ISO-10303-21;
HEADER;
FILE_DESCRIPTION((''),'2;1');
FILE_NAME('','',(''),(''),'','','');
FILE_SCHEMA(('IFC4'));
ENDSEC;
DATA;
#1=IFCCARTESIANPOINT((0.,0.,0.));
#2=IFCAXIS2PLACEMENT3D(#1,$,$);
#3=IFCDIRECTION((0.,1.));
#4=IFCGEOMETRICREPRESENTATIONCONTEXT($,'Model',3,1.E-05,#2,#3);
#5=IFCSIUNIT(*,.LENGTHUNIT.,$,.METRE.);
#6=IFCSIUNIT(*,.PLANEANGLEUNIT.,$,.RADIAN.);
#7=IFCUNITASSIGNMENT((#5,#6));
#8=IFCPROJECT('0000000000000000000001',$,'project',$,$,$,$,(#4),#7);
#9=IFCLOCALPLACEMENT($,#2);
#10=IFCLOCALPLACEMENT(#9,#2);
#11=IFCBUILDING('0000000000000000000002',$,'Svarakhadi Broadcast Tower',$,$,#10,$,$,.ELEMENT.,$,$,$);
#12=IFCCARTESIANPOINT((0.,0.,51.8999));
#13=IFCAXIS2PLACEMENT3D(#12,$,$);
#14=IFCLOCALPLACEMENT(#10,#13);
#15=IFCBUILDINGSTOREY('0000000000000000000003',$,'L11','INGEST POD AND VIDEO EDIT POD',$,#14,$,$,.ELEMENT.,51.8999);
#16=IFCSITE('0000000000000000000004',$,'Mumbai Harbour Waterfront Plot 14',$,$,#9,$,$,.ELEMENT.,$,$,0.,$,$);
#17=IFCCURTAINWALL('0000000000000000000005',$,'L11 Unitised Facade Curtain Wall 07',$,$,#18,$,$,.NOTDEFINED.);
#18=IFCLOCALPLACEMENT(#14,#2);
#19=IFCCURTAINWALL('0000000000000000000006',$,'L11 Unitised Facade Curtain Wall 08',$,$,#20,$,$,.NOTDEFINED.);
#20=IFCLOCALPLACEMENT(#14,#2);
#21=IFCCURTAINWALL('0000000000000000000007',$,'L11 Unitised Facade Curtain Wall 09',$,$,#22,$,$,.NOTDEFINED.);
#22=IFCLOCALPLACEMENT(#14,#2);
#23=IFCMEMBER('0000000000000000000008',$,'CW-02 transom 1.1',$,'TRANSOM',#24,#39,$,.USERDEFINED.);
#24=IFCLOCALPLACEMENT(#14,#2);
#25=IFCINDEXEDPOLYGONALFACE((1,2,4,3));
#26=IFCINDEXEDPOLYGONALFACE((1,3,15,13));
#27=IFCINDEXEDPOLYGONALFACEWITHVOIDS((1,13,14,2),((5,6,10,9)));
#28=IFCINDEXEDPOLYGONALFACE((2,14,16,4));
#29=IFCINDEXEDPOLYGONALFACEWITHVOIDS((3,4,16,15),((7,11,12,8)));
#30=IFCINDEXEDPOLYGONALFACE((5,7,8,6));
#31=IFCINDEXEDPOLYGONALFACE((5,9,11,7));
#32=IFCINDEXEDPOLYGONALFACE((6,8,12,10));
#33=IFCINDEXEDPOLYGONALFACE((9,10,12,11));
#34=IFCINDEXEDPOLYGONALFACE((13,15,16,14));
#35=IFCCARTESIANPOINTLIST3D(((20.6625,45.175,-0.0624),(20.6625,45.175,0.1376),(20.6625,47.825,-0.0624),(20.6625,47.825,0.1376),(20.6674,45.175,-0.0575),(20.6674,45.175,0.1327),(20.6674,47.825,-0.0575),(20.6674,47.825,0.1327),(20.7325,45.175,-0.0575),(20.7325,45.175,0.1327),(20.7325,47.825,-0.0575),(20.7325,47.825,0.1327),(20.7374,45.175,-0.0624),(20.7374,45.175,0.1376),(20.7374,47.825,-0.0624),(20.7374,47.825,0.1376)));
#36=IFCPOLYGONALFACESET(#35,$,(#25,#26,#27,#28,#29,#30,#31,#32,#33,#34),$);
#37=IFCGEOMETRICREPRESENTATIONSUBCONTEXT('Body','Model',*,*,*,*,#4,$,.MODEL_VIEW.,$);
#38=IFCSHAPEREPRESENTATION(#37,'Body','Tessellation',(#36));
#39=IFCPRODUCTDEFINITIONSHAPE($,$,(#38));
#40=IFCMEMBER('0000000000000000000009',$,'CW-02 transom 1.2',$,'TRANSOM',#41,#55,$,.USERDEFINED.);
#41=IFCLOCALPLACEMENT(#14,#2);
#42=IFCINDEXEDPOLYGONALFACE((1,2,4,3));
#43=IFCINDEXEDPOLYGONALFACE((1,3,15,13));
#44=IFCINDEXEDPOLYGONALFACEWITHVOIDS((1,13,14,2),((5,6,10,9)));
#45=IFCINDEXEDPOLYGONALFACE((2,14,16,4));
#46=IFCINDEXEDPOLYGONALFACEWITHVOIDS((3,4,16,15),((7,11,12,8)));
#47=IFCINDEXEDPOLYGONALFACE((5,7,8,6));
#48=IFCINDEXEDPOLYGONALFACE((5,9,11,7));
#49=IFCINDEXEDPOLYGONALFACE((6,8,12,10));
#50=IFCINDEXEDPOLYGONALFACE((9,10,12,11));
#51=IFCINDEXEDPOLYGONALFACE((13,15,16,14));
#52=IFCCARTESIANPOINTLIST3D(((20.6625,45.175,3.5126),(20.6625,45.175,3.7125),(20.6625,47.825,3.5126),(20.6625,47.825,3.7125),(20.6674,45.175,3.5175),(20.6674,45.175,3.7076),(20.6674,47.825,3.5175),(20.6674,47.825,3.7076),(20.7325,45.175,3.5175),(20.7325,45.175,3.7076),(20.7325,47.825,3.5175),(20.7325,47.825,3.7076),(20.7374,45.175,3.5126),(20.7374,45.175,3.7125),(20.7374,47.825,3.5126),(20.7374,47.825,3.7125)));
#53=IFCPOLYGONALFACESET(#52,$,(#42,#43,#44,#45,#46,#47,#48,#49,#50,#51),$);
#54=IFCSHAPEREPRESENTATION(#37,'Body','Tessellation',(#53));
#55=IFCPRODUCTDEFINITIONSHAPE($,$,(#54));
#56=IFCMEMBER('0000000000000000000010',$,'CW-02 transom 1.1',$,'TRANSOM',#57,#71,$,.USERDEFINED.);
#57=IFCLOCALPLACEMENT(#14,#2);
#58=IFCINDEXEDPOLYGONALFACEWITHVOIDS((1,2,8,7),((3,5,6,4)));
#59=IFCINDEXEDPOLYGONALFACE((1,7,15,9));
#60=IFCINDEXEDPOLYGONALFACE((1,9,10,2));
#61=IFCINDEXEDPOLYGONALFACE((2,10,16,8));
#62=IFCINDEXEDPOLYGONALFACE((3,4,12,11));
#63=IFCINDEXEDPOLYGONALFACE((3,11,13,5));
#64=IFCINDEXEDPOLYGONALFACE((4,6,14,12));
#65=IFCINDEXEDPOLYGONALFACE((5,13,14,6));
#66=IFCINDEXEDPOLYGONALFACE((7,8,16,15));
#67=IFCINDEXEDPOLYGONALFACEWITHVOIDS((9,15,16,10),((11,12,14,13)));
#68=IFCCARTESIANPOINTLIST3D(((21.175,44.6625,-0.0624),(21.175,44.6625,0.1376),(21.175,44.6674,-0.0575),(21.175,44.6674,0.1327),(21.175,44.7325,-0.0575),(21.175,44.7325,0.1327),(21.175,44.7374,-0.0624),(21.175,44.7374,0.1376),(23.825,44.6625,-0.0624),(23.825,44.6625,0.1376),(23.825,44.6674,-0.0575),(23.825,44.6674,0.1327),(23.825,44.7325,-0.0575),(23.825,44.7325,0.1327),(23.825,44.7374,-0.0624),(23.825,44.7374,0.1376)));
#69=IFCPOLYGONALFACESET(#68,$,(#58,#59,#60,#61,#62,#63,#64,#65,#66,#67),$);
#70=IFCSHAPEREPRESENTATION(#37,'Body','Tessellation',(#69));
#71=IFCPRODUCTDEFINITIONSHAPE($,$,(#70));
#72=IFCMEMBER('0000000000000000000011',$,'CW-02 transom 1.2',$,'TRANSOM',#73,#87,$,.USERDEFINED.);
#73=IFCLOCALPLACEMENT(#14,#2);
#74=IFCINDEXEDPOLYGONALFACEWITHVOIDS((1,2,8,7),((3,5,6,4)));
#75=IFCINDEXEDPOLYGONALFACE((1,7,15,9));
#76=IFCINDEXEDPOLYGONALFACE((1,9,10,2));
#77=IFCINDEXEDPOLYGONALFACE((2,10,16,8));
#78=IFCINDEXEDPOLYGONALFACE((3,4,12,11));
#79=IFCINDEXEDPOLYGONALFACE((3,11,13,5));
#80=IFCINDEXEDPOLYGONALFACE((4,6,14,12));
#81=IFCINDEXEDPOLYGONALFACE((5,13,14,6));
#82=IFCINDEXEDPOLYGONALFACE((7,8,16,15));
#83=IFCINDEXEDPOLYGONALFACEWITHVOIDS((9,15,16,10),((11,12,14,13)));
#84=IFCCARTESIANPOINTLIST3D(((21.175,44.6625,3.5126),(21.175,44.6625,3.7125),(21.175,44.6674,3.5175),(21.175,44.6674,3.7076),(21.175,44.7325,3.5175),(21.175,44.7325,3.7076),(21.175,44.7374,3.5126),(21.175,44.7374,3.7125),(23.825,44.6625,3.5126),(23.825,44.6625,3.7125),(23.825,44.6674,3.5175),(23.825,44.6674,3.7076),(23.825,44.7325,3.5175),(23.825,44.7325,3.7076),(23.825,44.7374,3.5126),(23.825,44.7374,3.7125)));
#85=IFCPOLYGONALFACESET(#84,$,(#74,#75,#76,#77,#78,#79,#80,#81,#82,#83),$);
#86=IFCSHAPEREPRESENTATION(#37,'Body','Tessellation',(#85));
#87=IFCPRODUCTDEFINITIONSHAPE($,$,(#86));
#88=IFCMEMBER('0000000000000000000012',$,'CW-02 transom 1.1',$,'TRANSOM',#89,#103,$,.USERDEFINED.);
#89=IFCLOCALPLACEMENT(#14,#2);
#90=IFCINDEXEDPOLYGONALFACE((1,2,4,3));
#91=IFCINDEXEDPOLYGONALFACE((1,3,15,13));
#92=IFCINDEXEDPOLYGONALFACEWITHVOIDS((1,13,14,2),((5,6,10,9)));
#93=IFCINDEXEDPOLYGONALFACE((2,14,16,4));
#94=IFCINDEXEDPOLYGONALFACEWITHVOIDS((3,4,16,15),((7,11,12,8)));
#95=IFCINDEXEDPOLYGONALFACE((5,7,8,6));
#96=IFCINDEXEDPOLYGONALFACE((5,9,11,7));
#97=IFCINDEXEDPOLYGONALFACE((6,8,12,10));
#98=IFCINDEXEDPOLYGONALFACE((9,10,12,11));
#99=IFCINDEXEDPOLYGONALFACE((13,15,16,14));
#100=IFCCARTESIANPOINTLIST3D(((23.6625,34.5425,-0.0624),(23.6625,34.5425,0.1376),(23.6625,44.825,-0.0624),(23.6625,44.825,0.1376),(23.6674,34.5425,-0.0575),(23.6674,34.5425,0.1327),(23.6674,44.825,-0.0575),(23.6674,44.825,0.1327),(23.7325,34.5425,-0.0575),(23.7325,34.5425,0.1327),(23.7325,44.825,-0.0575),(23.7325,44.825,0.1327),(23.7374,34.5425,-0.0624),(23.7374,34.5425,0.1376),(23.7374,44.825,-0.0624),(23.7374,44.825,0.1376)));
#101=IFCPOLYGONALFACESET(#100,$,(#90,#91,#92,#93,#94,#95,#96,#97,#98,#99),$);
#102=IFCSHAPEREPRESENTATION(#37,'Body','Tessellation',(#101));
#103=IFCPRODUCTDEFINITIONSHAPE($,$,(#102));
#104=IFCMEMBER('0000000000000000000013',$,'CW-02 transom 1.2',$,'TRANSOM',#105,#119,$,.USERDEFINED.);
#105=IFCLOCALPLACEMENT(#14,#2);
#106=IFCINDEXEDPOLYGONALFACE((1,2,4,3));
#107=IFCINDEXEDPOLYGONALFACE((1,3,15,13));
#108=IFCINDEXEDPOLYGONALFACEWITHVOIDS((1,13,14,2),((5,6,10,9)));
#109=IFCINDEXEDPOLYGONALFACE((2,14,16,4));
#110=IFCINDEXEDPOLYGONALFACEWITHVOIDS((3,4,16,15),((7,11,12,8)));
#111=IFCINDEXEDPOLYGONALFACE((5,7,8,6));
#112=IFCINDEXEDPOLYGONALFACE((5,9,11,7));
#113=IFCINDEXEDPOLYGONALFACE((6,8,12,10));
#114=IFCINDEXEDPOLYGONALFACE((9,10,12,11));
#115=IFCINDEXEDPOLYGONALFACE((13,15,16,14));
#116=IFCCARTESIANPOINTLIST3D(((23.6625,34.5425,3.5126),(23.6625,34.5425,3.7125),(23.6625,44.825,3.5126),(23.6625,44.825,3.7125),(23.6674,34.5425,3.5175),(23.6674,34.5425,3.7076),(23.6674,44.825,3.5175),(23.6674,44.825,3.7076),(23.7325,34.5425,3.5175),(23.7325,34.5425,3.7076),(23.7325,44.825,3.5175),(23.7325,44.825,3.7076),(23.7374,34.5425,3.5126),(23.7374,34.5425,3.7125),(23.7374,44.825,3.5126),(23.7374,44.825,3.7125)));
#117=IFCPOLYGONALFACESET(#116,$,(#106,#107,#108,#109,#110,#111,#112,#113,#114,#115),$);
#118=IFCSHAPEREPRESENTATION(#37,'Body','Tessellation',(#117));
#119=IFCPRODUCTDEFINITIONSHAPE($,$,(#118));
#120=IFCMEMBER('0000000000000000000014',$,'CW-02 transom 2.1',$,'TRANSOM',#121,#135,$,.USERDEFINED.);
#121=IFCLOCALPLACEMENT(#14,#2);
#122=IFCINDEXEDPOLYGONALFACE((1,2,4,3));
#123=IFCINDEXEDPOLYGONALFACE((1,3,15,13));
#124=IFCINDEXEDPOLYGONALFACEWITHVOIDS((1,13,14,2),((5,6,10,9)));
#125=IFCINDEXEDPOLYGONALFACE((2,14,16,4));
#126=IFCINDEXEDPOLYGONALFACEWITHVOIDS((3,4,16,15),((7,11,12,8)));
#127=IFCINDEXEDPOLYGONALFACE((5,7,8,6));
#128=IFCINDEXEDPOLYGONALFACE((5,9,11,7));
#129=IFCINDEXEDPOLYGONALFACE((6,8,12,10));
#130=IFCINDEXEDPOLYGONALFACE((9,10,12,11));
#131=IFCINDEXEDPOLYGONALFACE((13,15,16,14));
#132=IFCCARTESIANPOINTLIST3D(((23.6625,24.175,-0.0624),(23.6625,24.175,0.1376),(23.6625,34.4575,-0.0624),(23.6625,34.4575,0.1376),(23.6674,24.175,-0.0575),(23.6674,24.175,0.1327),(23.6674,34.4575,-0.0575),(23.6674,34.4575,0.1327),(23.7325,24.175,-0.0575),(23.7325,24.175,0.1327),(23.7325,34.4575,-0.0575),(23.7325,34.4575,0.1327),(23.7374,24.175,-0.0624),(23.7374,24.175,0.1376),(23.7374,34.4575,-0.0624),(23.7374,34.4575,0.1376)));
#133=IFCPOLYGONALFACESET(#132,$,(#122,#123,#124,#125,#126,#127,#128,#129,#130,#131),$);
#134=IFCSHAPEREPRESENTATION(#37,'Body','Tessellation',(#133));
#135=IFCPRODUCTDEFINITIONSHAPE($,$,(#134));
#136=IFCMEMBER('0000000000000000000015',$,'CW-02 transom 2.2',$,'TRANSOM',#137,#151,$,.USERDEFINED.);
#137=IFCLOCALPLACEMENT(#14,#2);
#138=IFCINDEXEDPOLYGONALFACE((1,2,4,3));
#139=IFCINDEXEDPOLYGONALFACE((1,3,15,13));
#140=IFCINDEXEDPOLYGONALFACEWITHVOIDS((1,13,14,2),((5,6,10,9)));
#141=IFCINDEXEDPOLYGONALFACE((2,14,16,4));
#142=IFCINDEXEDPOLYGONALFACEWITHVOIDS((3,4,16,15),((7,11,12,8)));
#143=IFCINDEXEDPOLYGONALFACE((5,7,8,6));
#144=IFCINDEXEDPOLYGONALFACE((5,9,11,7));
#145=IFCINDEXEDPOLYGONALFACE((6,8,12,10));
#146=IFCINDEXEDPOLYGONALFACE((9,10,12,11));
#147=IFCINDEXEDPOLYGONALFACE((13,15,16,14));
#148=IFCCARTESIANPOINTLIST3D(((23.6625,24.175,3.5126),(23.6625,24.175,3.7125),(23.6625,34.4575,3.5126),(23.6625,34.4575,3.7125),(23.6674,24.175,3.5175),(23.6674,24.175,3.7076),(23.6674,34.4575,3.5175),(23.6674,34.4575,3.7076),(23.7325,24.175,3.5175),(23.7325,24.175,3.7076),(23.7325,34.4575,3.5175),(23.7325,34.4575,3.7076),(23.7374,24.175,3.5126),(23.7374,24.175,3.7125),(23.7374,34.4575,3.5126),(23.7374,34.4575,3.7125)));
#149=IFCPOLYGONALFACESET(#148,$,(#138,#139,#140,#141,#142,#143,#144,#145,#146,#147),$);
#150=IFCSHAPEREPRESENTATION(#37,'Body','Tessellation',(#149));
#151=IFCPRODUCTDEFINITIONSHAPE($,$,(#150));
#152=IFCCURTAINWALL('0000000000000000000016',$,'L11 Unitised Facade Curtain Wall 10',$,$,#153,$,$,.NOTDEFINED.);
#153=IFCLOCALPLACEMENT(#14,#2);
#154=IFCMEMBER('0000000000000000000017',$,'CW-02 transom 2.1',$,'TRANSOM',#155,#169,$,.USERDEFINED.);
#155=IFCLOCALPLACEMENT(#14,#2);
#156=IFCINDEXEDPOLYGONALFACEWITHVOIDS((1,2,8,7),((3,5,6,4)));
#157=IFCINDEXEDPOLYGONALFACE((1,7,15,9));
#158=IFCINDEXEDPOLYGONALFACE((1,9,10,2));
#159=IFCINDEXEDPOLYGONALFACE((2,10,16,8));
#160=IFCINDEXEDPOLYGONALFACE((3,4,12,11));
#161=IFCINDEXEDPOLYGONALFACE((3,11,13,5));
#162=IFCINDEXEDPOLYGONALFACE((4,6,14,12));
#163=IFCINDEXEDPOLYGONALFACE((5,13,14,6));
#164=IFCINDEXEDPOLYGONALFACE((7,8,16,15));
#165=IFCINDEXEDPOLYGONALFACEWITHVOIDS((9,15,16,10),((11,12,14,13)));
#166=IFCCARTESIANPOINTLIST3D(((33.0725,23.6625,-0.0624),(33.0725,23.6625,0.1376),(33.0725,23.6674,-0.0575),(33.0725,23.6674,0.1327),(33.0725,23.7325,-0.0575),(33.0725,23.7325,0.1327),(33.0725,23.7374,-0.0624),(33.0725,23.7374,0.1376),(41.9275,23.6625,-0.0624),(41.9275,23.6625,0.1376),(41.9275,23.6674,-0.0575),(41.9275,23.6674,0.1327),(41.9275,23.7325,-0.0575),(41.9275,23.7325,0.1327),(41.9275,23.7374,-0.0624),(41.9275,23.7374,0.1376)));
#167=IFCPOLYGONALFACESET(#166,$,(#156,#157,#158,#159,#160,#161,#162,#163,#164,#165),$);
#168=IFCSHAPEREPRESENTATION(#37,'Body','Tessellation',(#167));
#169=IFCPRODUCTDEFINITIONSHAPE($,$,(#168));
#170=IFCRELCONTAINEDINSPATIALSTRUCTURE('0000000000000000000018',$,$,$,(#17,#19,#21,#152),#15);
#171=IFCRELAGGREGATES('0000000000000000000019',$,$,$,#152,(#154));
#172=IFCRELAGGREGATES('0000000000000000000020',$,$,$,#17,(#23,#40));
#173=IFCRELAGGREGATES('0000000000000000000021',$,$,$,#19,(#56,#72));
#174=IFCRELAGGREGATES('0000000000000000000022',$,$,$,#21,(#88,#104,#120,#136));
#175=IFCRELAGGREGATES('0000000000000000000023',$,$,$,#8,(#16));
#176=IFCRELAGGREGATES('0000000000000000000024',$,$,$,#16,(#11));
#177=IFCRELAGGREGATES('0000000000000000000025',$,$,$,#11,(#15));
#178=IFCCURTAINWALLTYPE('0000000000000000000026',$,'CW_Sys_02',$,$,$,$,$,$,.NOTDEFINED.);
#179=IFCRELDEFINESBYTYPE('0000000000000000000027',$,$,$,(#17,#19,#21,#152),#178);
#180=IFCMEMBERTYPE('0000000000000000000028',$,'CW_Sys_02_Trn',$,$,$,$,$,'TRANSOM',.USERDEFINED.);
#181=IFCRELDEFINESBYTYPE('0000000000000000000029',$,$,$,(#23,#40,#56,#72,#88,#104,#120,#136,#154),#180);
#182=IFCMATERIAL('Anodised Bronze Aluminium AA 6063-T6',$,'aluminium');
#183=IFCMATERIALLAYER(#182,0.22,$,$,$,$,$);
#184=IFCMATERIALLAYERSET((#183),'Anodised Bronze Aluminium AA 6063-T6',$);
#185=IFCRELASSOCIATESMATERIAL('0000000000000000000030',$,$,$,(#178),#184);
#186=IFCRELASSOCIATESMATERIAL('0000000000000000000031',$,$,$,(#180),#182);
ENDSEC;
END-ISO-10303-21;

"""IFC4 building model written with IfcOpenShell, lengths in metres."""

from ifc_helpers import new_model, si_unit, direction, frame, origin, origin_2d, place, context, subcontext, project, spatial, hollow_rectangle, extrude, material, layer, layer_set, material_profile, profile_set, type_object, element, aggregate, save


model = new_model("IFC4")

# Units and contexts
model_context = context("Model", 3, precision=1e-05, world=origin(), true_north=direction((0.0, 1.0)))
body_context = subcontext(model_context, "Body", "Model", "MODEL_VIEW")
ifc_project = project(units=[si_unit("LENGTHUNIT", "METRE"), si_unit("PLANEANGLEUNIT", "RADIAN")], contexts=[model_context])

# Site, building, storey
site_placement = place(None, origin())
site = spatial("IfcSite", under=ifc_project, at=site_placement, Name="Mumbai Harbour Waterfront Plot 14", CompositionType="ELEMENT", RefElevation=0.0)
building_placement = place(site_placement, origin())
building = spatial("IfcBuilding", under=site, at=building_placement, Name="Svarakhadi Broadcast Tower", CompositionType="ELEMENT")
storey_placement = place(building_placement, frame((0.0, 0.0, 51.8999)))
storey = spatial("IfcBuildingStorey", under=building, at=storey_placement, Name="L11", Description="INGEST POD AND VIDEO EDIT POD", CompositionType="ELEMENT", Elevation=51.8999)

# Curtain walls
ifc_material_1 = material(Name="Anodised Bronze Aluminium AA 6063-T6", Category="aluminium")
ifc_layer_1 = layer(ifc_material_1, 0.22)
ifc_layer_set_1 = layer_set([ifc_layer_1], Name="Anodised Bronze Aluminium AA 6063-T6")
curtain_wall_type = type_object("IfcCurtainWallType", Name="CW_Sys_02", PredefinedType="NOTDEFINED", material=ifc_layer_set_1)
curtain_wall_1_placement = place(storey_placement, origin())
curtain_wall_1 = element("IfcCurtainWall", 1, at=curtain_wall_1_placement, inside=storey, type_object=curtain_wall_type, Name="L11 Unitised Facade Curtain Wall 07", PredefinedType="NOTDEFINED")
curtain_wall_2_placement = place(storey_placement, origin())
curtain_wall_2 = element("IfcCurtainWall", 2, at=curtain_wall_2_placement, inside=storey, type_object=curtain_wall_type, Name="L11 Unitised Facade Curtain Wall 08", PredefinedType="NOTDEFINED")
curtain_wall_3_placement = place(storey_placement, origin())
curtain_wall_3 = element("IfcCurtainWall", 3, at=curtain_wall_3_placement, inside=storey, type_object=curtain_wall_type, Name="L11 Unitised Facade Curtain Wall 09", PredefinedType="NOTDEFINED")

# Members
ifc_material_profile_1 = material_profile(ifc_material_1, hollow_rectangle(XDim=0.075, YDim=0.2, WallThickness=0.0049, at=origin_2d()), Name="ALU TRANSOM 200x75x5")
ifc_profile_set_1 = profile_set([ifc_material_profile_1], Name="Anodised Bronze Aluminium AA 6063-T6")
member_type_1 = type_object("IfcMemberType", Name="CW_Sys_02_Trn", ElementType="TRANSOM", PredefinedType="USERDEFINED", material=ifc_profile_set_1)
member_1_placement = place(storey_placement, frame((20.7, 47.825, 0.0376), z_axis=(0.0, -1.0, 0.0), x_axis=(1.0, 0.0, 0.0)))
member_1 = element("IfcMember", 4, at=member_1_placement, type_object=member_type_1, Name="CW-02 transom 1.1", ObjectType="TRANSOM", PredefinedType="USERDEFINED", context=body_context, shape_type="SweptSolid", body=[
    extrude(hollow_rectangle(XDim=0.075, YDim=0.2, WallThickness=0.0049, at=origin_2d()), origin(), (0.0, 0.0, 1.0), 2.6499),
])
member_2_placement = place(storey_placement, frame((20.7, 47.825, 3.6125), z_axis=(0.0, -1.0, 0.0), x_axis=(1.0, 0.0, 0.0)))
member_2 = element("IfcMember", 5, at=member_2_placement, type_object=member_type_1, Name="CW-02 transom 1.2", ObjectType="TRANSOM", PredefinedType="USERDEFINED", context=body_context, shape_type="SweptSolid", body=[
    extrude(hollow_rectangle(XDim=0.075, YDim=0.2, WallThickness=0.0049, at=origin_2d()), origin(), (0.0, 0.0, 1.0), 2.6499),
])
member_3_placement = place(storey_placement, frame((21.175, 44.7, 0.0376), z_axis=(1.0, 0.0, 0.0), x_axis=(0.0, 1.0, 0.0)))
member_3 = element("IfcMember", 6, at=member_3_placement, type_object=member_type_1, Name="CW-02 transom 1.1", ObjectType="TRANSOM", PredefinedType="USERDEFINED", context=body_context, shape_type="SweptSolid", body=[
    extrude(hollow_rectangle(XDim=0.075, YDim=0.2, WallThickness=0.0049, at=origin_2d()), origin(), (0.0, 0.0, 1.0), 2.6499),
])
member_4_placement = place(storey_placement, frame((21.175, 44.7, 3.6125), z_axis=(1.0, 0.0, 0.0), x_axis=(0.0, 1.0, 0.0)))
member_4 = element("IfcMember", 7, at=member_4_placement, type_object=member_type_1, Name="CW-02 transom 1.2", ObjectType="TRANSOM", PredefinedType="USERDEFINED", context=body_context, shape_type="SweptSolid", body=[
    extrude(hollow_rectangle(XDim=0.075, YDim=0.2, WallThickness=0.0049, at=origin_2d()), origin(), (0.0, 0.0, 1.0), 2.6499),
])
member_5_placement = place(storey_placement, frame((23.7, 44.825, 0.0376), z_axis=(0.0, -1.0, 0.0), x_axis=(1.0, 0.0, 0.0)))
member_5 = element("IfcMember", 8, at=member_5_placement, type_object=member_type_1, Name="CW-02 transom 1.1", ObjectType="TRANSOM", PredefinedType="USERDEFINED", context=body_context, shape_type="SweptSolid", body=[
    extrude(hollow_rectangle(XDim=0.075, YDim=0.2, WallThickness=0.0049, at=origin_2d()), origin(), (0.0, 0.0, 1.0), 10.2825),
])
member_6_placement = place(storey_placement, frame((23.7, 44.825, 3.6125), z_axis=(0.0, -1.0, 0.0), x_axis=(1.0, 0.0, 0.0)))
member_6 = element("IfcMember", 9, at=member_6_placement, type_object=member_type_1, Name="CW-02 transom 1.2", ObjectType="TRANSOM", PredefinedType="USERDEFINED", context=body_context, shape_type="SweptSolid", body=[
    extrude(hollow_rectangle(XDim=0.075, YDim=0.2, WallThickness=0.0049, at=origin_2d()), origin(), (0.0, 0.0, 1.0), 10.2825),
])
member_7_placement = place(storey_placement, frame((23.7, 34.4575, 0.0376), z_axis=(0.0, -1.0, 0.0), x_axis=(1.0, 0.0, 0.0)))
member_7 = element("IfcMember", 10, at=member_7_placement, type_object=member_type_1, Name="CW-02 transom 2.1", ObjectType="TRANSOM", PredefinedType="USERDEFINED", context=body_context, shape_type="SweptSolid", body=[
    extrude(hollow_rectangle(XDim=0.075, YDim=0.2, WallThickness=0.0049, at=origin_2d()), origin(), (0.0, 0.0, 1.0), 10.2825),
])
member_8_placement = place(storey_placement, frame((23.7, 34.4575, 3.6125), z_axis=(0.0, -1.0, 0.0), x_axis=(1.0, 0.0, 0.0)))
member_8 = element("IfcMember", 11, at=member_8_placement, type_object=member_type_1, Name="CW-02 transom 2.2", ObjectType="TRANSOM", PredefinedType="USERDEFINED", context=body_context, shape_type="SweptSolid", body=[
    extrude(hollow_rectangle(XDim=0.075, YDim=0.2, WallThickness=0.0049, at=origin_2d()), origin(), (0.0, 0.0, 1.0), 10.2825),
])

# Curtain wall, member
curtain_wall_4_placement = place(storey_placement, origin())
curtain_wall_4 = element("IfcCurtainWall", 12, at=curtain_wall_4_placement, inside=storey, type_object=curtain_wall_type, Name="L11 Unitised Facade Curtain Wall 10", PredefinedType="NOTDEFINED")
member_9_placement = place(storey_placement, frame((33.0725, 23.7, 0.0376), z_axis=(1.0, 0.0, 0.0), x_axis=(0.0, 1.0, 0.0)))
member_9 = element("IfcMember", 13, at=member_9_placement, type_object=member_type_1, Name="CW-02 transom 2.1", ObjectType="TRANSOM", PredefinedType="USERDEFINED", context=body_context, shape_type="SweptSolid", body=[
    extrude(hollow_rectangle(XDim=0.075, YDim=0.2, WallThickness=0.0049, at=origin_2d()), origin(), (0.0, 0.0, 1.0), 8.855),
])
aggregate(curtain_wall_4, [member_9])

aggregate(curtain_wall_1, [member_1, member_2])
aggregate(curtain_wall_2, [member_3, member_4])
aggregate(curtain_wall_3, [member_5, member_6, member_7, member_8])

save(model, "model.ifc")
